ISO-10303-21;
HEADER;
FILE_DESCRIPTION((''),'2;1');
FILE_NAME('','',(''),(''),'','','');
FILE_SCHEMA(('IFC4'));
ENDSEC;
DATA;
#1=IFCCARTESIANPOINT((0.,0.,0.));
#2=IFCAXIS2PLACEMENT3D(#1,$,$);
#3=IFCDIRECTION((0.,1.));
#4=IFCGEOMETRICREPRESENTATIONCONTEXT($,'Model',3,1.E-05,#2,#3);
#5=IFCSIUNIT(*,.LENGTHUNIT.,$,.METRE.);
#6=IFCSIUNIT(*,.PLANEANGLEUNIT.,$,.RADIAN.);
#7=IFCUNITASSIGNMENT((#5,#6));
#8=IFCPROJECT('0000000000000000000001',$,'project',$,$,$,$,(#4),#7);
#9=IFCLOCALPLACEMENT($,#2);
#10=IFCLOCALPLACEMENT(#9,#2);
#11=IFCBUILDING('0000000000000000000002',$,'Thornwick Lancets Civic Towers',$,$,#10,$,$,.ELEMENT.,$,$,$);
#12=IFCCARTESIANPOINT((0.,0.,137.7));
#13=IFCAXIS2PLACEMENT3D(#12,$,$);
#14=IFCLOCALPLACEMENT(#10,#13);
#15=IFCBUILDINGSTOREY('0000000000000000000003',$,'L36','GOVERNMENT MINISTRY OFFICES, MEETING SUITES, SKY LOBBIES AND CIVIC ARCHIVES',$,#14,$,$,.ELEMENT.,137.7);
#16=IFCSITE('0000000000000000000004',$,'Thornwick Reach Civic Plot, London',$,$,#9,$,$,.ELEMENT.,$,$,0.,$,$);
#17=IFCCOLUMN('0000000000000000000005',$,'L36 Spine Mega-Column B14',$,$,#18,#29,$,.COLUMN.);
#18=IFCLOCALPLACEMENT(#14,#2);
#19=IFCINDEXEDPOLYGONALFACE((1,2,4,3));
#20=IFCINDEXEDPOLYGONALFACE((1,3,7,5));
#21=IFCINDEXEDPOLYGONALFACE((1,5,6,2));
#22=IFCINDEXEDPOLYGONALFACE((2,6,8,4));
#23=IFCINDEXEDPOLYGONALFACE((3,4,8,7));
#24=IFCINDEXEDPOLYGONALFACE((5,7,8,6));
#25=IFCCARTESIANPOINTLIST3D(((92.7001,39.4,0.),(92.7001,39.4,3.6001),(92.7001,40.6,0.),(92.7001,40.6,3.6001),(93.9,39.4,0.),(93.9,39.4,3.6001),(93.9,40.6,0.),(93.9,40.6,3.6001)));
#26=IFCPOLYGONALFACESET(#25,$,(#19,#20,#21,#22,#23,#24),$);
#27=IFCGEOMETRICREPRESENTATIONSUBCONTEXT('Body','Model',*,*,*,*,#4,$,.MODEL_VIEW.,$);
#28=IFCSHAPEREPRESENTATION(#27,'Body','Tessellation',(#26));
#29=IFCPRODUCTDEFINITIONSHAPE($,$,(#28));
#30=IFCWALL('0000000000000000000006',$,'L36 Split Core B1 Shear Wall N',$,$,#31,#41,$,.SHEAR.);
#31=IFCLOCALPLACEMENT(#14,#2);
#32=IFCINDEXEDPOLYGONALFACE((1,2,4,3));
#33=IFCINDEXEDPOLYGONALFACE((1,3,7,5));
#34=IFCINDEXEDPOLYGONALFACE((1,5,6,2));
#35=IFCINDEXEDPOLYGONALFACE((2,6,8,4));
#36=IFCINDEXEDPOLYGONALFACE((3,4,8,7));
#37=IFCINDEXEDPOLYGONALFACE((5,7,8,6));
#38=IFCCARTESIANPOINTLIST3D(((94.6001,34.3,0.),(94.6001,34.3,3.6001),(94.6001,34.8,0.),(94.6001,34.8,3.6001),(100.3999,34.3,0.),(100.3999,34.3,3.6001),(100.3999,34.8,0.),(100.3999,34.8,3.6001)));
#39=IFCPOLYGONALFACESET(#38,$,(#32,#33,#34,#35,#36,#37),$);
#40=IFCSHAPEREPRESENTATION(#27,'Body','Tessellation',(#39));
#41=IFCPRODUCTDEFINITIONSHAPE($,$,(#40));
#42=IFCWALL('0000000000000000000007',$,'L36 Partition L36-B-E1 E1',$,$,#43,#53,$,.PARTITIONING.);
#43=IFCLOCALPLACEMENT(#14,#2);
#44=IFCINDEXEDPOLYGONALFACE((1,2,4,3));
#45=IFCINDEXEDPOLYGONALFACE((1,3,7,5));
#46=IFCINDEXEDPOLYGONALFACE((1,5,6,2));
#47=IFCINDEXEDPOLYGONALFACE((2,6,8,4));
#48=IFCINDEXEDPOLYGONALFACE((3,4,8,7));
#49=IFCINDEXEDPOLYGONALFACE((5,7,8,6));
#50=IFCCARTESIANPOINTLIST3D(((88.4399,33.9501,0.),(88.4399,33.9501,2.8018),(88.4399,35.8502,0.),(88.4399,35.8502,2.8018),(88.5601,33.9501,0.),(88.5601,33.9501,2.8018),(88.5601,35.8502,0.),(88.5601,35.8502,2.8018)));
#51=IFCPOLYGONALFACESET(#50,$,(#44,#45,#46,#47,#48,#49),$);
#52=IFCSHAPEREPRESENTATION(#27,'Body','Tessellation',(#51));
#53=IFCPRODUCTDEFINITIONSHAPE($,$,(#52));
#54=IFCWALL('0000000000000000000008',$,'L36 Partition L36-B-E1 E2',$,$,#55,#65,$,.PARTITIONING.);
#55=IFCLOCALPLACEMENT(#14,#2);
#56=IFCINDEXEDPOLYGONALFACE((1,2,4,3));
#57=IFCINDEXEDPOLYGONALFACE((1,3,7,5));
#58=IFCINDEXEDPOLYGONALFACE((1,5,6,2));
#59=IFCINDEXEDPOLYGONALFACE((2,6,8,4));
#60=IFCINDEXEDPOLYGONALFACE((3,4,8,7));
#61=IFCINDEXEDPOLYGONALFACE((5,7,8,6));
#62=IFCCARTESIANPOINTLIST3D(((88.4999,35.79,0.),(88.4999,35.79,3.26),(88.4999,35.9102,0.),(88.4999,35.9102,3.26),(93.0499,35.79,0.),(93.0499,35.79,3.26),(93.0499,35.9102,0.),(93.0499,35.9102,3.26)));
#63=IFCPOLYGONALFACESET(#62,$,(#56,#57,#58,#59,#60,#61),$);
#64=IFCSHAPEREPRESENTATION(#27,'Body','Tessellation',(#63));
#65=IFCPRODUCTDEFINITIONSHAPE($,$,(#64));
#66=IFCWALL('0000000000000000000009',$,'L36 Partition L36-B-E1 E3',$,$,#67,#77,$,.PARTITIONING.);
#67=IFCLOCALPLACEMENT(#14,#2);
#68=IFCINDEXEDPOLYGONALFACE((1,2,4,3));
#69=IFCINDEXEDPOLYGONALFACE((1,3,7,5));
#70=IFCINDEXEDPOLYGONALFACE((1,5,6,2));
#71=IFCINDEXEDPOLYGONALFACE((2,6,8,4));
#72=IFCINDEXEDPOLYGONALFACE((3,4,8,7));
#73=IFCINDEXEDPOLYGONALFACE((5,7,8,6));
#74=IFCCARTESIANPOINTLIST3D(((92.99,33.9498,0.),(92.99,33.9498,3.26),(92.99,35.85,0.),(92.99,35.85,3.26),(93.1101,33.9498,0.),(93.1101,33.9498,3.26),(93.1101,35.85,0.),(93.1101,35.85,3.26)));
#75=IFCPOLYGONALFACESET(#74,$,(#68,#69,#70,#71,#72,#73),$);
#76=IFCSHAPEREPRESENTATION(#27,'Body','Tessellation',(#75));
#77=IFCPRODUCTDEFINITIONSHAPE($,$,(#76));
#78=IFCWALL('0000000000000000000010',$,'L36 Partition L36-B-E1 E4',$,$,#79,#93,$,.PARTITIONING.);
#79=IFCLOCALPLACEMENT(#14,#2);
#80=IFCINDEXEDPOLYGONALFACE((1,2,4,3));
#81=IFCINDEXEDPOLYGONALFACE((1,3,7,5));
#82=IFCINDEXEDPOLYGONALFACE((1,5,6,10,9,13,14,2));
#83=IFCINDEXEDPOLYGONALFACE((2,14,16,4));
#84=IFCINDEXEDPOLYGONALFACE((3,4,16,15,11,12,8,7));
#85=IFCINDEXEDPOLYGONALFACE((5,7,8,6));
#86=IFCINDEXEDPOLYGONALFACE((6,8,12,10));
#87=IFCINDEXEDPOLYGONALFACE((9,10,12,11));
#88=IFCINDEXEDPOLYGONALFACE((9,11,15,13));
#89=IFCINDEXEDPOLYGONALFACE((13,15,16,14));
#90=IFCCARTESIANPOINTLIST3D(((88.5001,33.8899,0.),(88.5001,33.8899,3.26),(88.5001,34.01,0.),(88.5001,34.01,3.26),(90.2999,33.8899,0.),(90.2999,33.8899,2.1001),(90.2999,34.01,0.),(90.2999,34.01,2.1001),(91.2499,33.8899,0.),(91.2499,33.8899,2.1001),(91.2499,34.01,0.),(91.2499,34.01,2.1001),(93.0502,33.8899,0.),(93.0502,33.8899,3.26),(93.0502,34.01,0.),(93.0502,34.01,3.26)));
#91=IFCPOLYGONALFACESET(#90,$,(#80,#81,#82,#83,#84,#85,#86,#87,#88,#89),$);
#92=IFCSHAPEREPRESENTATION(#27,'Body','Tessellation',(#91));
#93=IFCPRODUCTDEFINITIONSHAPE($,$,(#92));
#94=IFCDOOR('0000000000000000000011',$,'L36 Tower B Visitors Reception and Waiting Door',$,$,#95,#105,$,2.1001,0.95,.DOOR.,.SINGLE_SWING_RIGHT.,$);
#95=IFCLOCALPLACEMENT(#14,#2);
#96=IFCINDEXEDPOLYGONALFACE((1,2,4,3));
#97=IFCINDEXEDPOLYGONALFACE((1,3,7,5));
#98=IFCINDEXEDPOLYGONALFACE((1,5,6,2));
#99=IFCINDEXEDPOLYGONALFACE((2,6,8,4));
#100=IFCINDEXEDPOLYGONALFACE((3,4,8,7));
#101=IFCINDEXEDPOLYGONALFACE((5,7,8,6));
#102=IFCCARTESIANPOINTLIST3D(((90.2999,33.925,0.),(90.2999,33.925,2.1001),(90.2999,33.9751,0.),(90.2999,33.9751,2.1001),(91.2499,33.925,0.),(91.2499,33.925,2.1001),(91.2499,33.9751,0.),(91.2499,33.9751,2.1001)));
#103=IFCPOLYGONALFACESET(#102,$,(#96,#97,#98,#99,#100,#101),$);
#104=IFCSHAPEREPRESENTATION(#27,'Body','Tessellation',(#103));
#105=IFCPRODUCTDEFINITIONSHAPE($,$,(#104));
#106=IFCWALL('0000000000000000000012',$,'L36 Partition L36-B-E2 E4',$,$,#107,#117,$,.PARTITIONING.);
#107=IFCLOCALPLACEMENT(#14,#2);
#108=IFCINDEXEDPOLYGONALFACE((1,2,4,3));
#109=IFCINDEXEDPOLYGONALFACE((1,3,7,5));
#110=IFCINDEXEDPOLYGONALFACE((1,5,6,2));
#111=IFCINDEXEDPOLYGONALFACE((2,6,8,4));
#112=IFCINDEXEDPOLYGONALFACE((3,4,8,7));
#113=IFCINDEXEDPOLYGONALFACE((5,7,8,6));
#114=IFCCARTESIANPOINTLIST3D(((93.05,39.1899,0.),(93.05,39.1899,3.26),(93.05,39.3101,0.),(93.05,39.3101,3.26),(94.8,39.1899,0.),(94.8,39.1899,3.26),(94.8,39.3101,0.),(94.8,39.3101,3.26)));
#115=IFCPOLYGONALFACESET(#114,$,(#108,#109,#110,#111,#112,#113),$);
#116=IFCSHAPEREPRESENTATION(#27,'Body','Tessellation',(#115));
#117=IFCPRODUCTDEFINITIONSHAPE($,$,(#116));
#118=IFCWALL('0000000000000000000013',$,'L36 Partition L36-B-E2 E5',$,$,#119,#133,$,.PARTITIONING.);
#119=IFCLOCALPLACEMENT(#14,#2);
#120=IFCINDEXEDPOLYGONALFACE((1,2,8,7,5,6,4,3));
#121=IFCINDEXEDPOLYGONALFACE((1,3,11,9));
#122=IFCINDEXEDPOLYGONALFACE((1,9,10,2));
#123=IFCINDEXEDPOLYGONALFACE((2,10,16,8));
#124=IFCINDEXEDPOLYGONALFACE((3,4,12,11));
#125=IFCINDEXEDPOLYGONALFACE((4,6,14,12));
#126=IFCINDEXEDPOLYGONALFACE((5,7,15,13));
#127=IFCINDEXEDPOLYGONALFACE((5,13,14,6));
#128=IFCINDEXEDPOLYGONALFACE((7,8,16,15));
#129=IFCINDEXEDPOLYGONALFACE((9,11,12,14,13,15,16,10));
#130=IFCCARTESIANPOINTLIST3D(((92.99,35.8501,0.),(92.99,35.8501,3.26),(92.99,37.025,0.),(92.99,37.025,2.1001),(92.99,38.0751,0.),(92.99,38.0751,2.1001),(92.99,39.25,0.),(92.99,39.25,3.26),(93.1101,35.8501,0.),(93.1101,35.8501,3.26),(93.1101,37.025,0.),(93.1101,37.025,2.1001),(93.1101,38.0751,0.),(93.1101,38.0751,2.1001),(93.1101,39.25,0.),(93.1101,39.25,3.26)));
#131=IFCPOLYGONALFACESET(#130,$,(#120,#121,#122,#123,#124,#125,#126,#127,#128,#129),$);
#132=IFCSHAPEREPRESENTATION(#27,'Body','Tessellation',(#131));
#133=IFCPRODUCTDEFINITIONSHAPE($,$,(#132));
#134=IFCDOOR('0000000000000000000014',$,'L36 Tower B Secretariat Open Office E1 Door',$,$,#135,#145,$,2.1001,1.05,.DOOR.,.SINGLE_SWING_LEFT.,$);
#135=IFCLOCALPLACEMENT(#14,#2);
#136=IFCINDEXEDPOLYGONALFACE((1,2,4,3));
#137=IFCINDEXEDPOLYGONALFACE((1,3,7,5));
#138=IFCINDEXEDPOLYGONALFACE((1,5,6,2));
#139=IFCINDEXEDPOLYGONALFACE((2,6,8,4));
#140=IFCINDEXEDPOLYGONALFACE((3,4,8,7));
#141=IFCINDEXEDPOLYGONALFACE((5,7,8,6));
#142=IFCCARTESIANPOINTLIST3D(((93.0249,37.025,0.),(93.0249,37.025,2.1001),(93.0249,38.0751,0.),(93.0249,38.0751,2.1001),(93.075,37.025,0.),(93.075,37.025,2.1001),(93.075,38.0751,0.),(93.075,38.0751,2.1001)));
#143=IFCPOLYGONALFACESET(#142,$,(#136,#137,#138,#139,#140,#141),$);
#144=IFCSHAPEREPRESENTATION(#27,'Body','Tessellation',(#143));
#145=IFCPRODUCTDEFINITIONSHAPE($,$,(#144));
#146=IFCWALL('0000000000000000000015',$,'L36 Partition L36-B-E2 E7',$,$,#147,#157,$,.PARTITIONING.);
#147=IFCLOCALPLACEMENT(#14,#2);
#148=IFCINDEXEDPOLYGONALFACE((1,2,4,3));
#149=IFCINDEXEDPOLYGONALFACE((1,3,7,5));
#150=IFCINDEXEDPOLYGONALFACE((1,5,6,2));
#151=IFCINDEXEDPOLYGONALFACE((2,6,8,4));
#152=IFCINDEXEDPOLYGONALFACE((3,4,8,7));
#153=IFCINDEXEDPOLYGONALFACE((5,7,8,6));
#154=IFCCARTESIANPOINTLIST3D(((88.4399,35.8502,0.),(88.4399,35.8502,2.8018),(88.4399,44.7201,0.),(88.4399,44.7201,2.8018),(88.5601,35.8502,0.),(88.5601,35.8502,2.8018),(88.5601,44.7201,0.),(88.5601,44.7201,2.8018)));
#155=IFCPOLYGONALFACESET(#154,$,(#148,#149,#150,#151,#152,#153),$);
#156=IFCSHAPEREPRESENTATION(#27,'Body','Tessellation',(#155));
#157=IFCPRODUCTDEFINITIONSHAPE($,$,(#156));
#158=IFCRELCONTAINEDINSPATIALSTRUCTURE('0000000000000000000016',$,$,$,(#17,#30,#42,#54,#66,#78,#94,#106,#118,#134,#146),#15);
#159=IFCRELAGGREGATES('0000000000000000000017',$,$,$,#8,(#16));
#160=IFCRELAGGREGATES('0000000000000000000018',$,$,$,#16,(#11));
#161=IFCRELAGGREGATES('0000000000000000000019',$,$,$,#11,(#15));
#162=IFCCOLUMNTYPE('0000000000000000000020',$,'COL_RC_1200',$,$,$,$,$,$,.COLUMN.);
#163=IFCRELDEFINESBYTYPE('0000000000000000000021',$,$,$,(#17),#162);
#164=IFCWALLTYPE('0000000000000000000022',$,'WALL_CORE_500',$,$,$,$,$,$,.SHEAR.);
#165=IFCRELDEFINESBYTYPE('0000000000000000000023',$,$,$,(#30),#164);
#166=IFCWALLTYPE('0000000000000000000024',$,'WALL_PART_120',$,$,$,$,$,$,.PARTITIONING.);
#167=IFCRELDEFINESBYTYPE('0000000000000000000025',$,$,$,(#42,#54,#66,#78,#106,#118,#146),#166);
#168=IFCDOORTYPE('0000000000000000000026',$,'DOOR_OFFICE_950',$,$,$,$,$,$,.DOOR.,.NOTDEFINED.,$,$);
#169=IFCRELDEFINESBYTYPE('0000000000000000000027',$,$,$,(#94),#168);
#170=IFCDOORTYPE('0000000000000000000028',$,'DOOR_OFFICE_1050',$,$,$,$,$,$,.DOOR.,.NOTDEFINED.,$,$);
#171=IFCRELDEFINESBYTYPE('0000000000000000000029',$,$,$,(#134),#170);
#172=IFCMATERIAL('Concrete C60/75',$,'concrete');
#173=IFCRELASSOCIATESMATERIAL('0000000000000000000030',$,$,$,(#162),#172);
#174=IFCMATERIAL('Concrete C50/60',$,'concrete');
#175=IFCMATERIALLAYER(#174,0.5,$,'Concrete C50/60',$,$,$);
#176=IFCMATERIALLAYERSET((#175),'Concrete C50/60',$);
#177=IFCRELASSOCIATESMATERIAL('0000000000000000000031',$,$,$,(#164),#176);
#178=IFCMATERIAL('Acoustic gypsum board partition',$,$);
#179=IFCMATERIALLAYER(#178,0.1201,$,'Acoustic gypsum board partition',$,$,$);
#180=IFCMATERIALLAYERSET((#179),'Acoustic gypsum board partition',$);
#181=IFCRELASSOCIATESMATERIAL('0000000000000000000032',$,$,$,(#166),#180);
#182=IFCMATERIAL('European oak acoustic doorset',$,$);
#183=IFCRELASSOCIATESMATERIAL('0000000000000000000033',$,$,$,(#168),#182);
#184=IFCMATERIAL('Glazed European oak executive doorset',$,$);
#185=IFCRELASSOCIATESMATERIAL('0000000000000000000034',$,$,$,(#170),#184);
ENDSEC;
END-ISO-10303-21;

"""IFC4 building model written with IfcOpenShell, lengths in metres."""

from ifc_helpers import new_model, si_unit, direction, frame, frame_2d, origin, origin_2d, place, context, subcontext, project, spatial, rectangle, extrude, material, layer, layer_set, material_profile, profile_set, type_object, element, fill, save


model = new_model("IFC4")

# Units and contexts
model_context = context("Model", 3, precision=1e-05, world=origin(), true_north=direction((0.0, 1.0)))
body_context = subcontext(model_context, "Body", "Model", "MODEL_VIEW")
ifc_project = project(units=[si_unit("LENGTHUNIT", "METRE"), si_unit("PLANEANGLEUNIT", "RADIAN")], contexts=[model_context])

# Site, building, storey
site_placement = place(None, origin())
site = spatial("IfcSite", under=ifc_project, at=site_placement, Name="Thornwick Reach Civic Plot, London", CompositionType="ELEMENT", RefElevation=0.0)
building_placement = place(site_placement, origin())
building = spatial("IfcBuilding", under=site, at=building_placement, Name="Thornwick Lancets Civic Towers", CompositionType="ELEMENT")
storey_placement = place(building_placement, frame((0.0, 0.0, 137.7)))
storey = spatial("IfcBuildingStorey", under=building, at=storey_placement, Name="L36", Description="GOVERNMENT MINISTRY OFFICES, MEETING SUITES, SKY LOBBIES AND CIVIC ARCHIVES", CompositionType="ELEMENT", Elevation=137.7)

# Column
ifc_material_1 = material(Name="Concrete C60/75", Category="concrete")
ifc_material_profile = material_profile(ifc_material_1, rectangle(XDim=1.2, YDim=1.2, at=origin_2d()), Name="RC 1200x1200")
ifc_profile_set = profile_set([ifc_material_profile], Name="Concrete C60/75")
column_type = type_object("IfcColumnType", Name="COL_RC_1200", PredefinedType="COLUMN", material=ifc_profile_set)
column_placement = place(storey_placement, frame((93.3, 40.0, 0.0), z_axis=(0.0, 0.0, 1.0), x_axis=(1.0, 0.0, 0.0)))
element("IfcColumn", 1, at=column_placement, inside=storey, type_object=column_type, Name="L36 Spine Mega-Column B14", PredefinedType="COLUMN", context=body_context, shape_type="SweptSolid", body=[
    extrude(rectangle(XDim=1.2, YDim=1.2, at=origin_2d()), origin(), (0.0, 0.0, 1.0), 3.6001),
])

# Walls
ifc_material_2 = material(Name="Concrete C50/60", Category="concrete")
ifc_layer_1 = layer(ifc_material_2, 0.5, Name="Concrete C50/60")
ifc_layer_set_1 = layer_set([ifc_layer_1], Name="Concrete C50/60")
wall_type_1 = type_object("IfcWallType", Name="WALL_CORE_500", PredefinedType="SHEAR", material=ifc_layer_set_1)
wall_1_placement = place(storey_placement, frame((94.6001, 34.55, 0.0), z_axis=(0.0, 0.0, 1.0), x_axis=(1.0, 0.0, 0.0)))
element("IfcWall", 2, at=wall_1_placement, inside=storey, type_object=wall_type_1, Name="L36 Split Core B1 Shear Wall N", PredefinedType="SHEAR", context=body_context, shape_type="SweptSolid", body=[
    extrude(rectangle(XDim=5.7998, YDim=0.5, at=frame_2d((2.8999, 0.0))), origin(), (0.0, 0.0, 1.0), 3.6001),
])
ifc_material_3 = material(Name="Acoustic gypsum board partition")
ifc_layer_2 = layer(ifc_material_3, 0.1201, Name="Acoustic gypsum board partition")
ifc_layer_set_2 = layer_set([ifc_layer_2], Name="Acoustic gypsum board partition")
wall_type_2 = type_object("IfcWallType", Name="WALL_PART_120", PredefinedType="PARTITIONING", material=ifc_layer_set_2)
wall_2_placement = place(storey_placement, frame((88.5, 33.95, 0.0), z_axis=(0.0, 0.0, 1.0), x_axis=(0.0, 1.0, 0.0)))
element("IfcWall", 3, at=wall_2_placement, inside=storey, type_object=wall_type_2, Name="L36 Partition L36-B-E1 E1", PredefinedType="PARTITIONING", context=body_context, shape_type="SweptSolid", body=[
    extrude(rectangle(XDim=1.9001, YDim=0.1201, at=frame_2d((0.9502, 0.0))), origin(), (0.0, 0.0, 1.0), 2.8018),
])
wall_3_placement = place(storey_placement, frame((88.5, 35.8501, 0.0), z_axis=(0.0, 0.0, 1.0), x_axis=(1.0, 0.0, 0.0)))
element("IfcWall", 4, at=wall_3_placement, inside=storey, type_object=wall_type_2, Name="L36 Partition L36-B-E1 E2", PredefinedType="PARTITIONING", context=body_context, shape_type="SweptSolid", body=[
    extrude(rectangle(XDim=4.55, YDim=0.1201, at=frame_2d((2.2749, 0.0))), origin(), (0.0, 0.0, 1.0), 3.26),
])
wall_4_placement = place(storey_placement, frame((93.05, 35.8501, 0.0), z_axis=(0.0, 0.0, 1.0), x_axis=(0.0, -1.0, 0.0)))
element("IfcWall", 5, at=wall_4_placement, inside=storey, type_object=wall_type_2, Name="L36 Partition L36-B-E1 E3", PredefinedType="PARTITIONING", context=body_context, shape_type="SweptSolid", body=[
    extrude(rectangle(XDim=1.9001, YDim=0.1201, at=frame_2d((0.9502, 0.0))), origin(), (0.0, 0.0, 1.0), 3.26),
])

# Wall, opening, door
wall_5_placement = place(storey_placement, frame((93.05, 33.95, 0.0), z_axis=(0.0, 0.0, 1.0), x_axis=(-1.0, 0.0, 0.0)))
wall_5 = element("IfcWall", 6, at=wall_5_placement, inside=storey, type_object=wall_type_2, Name="L36 Partition L36-B-E1 E4", PredefinedType="PARTITIONING", context=body_context, shape_type="SweptSolid", body=[
    extrude(rectangle(XDim=4.55, YDim=0.1201, at=frame_2d((2.2749, 0.0))), origin(), (0.0, 0.0, 1.0), 3.26),
])
opening_1_placement = place(wall_5_placement, frame((1.8, 0.0, 0.0)))
opening_1 = element("IfcOpeningElement", 7, at=opening_1_placement, cuts=wall_5, PredefinedType="OPENING", context=body_context, shape_type="SweptSolid", body=[
    extrude(rectangle(XDim=0.95, YDim=2.1001, at=frame_2d((0.4751, 1.05))), frame((0.0, 0.0701, 0.0), z_axis=(0.0, -1.0, 0.0), x_axis=(1.0, 0.0, 0.0)), (0.0, 0.0, 1.0), 0.1401),
])
ifc_material_4 = material(Name="European oak acoustic doorset")
door_type_1 = type_object("IfcDoorType", Name="DOOR_OFFICE_950", OperationType="NOTDEFINED", PredefinedType="DOOR", material=ifc_material_4)
door_1_placement = place(opening_1_placement, origin())
door_1 = element("IfcDoor", 8, at=door_1_placement, inside=storey, type_object=door_type_1, Name="L36 Tower B Visitors Reception and Waiting Door", OperationType="SINGLE_SWING_RIGHT", OverallHeight=2.1001, OverallWidth=0.95, PredefinedType="DOOR", context=body_context, shape_type="SweptSolid", body=[
    extrude(rectangle(XDim=0.95, YDim=2.1001, at=frame_2d((0.4751, 1.05))), frame((0.0, 0.0249, 0.0), z_axis=(0.0, -1.0, 0.0), x_axis=(1.0, 0.0, 0.0)), (0.0, 0.0, 1.0), 0.05),
])
fill(opening_1, door_1)

# Wall
wall_6_placement = place(storey_placement, frame((94.8, 39.25, 0.0), z_axis=(0.0, 0.0, 1.0), x_axis=(-1.0, 0.0, 0.0)))
element("IfcWall", 9, at=wall_6_placement, inside=storey, type_object=wall_type_2, Name="L36 Partition L36-B-E2 E4", PredefinedType="PARTITIONING", context=body_context, shape_type="SweptSolid", body=[
    extrude(rectangle(XDim=1.75, YDim=0.1201, at=frame_2d((0.875, 0.0))), origin(), (0.0, 0.0, 1.0), 3.26),
])

# Wall, opening, door
wall_7_placement = place(storey_placement, frame((93.05, 39.25, 0.0), z_axis=(0.0, 0.0, 1.0), x_axis=(0.0, -1.0, 0.0)))
wall_7 = element("IfcWall", 10, at=wall_7_placement, inside=storey, type_object=wall_type_2, Name="L36 Partition L36-B-E2 E5", PredefinedType="PARTITIONING", context=body_context, shape_type="SweptSolid", body=[
    extrude(rectangle(XDim=3.3999, YDim=0.1201, at=frame_2d((1.7, 0.0))), origin(), (0.0, 0.0, 1.0), 3.26),
])
opening_2_placement = place(wall_7_placement, frame((1.175, 0.0, 0.0)))
opening_2 = element("IfcOpeningElement", 11, at=opening_2_placement, cuts=wall_7, PredefinedType="OPENING", context=body_context, shape_type="SweptSolid", body=[
    extrude(rectangle(XDim=1.05, YDim=2.1001, at=frame_2d((0.5249, 1.05))), frame((0.0, 0.0701, 0.0), z_axis=(0.0, -1.0, 0.0), x_axis=(1.0, 0.0, 0.0)), (0.0, 0.0, 1.0), 0.1401),
])
ifc_material_5 = material(Name="Glazed European oak executive doorset")
door_type_2 = type_object("IfcDoorType", Name="DOOR_OFFICE_1050", OperationType="NOTDEFINED", PredefinedType="DOOR", material=ifc_material_5)
door_2_placement = place(opening_2_placement, origin())
door_2 = element("IfcDoor", 12, at=door_2_placement, inside=storey, type_object=door_type_2, Name="L36 Tower B Secretariat Open Office E1 Door", OperationType="SINGLE_SWING_LEFT", OverallHeight=2.1001, OverallWidth=1.05, PredefinedType="DOOR", context=body_context, shape_type="SweptSolid", body=[
    extrude(rectangle(XDim=1.05, YDim=2.1001, at=frame_2d((0.5249, 1.05))), frame((0.0, 0.0249, 0.0), z_axis=(0.0, -1.0, 0.0), x_axis=(1.0, 0.0, 0.0)), (0.0, 0.0, 1.0), 0.05),
])
fill(opening_2, door_2)

# Wall
wall_8_placement = place(storey_placement, frame((88.5, 35.8501, 0.0), z_axis=(0.0, 0.0, 1.0), x_axis=(0.0, 1.0, 0.0)))
element("IfcWall", 13, at=wall_8_placement, inside=storey, type_object=wall_type_2, Name="L36 Partition L36-B-E2 E7", PredefinedType="PARTITIONING", context=body_context, shape_type="SweptSolid", body=[
    extrude(rectangle(XDim=8.8699, YDim=0.1201, at=frame_2d((4.4351, 0.0))), origin(), (0.0, 0.0, 1.0), 2.8018),
])

save(model, "model.ifc")
